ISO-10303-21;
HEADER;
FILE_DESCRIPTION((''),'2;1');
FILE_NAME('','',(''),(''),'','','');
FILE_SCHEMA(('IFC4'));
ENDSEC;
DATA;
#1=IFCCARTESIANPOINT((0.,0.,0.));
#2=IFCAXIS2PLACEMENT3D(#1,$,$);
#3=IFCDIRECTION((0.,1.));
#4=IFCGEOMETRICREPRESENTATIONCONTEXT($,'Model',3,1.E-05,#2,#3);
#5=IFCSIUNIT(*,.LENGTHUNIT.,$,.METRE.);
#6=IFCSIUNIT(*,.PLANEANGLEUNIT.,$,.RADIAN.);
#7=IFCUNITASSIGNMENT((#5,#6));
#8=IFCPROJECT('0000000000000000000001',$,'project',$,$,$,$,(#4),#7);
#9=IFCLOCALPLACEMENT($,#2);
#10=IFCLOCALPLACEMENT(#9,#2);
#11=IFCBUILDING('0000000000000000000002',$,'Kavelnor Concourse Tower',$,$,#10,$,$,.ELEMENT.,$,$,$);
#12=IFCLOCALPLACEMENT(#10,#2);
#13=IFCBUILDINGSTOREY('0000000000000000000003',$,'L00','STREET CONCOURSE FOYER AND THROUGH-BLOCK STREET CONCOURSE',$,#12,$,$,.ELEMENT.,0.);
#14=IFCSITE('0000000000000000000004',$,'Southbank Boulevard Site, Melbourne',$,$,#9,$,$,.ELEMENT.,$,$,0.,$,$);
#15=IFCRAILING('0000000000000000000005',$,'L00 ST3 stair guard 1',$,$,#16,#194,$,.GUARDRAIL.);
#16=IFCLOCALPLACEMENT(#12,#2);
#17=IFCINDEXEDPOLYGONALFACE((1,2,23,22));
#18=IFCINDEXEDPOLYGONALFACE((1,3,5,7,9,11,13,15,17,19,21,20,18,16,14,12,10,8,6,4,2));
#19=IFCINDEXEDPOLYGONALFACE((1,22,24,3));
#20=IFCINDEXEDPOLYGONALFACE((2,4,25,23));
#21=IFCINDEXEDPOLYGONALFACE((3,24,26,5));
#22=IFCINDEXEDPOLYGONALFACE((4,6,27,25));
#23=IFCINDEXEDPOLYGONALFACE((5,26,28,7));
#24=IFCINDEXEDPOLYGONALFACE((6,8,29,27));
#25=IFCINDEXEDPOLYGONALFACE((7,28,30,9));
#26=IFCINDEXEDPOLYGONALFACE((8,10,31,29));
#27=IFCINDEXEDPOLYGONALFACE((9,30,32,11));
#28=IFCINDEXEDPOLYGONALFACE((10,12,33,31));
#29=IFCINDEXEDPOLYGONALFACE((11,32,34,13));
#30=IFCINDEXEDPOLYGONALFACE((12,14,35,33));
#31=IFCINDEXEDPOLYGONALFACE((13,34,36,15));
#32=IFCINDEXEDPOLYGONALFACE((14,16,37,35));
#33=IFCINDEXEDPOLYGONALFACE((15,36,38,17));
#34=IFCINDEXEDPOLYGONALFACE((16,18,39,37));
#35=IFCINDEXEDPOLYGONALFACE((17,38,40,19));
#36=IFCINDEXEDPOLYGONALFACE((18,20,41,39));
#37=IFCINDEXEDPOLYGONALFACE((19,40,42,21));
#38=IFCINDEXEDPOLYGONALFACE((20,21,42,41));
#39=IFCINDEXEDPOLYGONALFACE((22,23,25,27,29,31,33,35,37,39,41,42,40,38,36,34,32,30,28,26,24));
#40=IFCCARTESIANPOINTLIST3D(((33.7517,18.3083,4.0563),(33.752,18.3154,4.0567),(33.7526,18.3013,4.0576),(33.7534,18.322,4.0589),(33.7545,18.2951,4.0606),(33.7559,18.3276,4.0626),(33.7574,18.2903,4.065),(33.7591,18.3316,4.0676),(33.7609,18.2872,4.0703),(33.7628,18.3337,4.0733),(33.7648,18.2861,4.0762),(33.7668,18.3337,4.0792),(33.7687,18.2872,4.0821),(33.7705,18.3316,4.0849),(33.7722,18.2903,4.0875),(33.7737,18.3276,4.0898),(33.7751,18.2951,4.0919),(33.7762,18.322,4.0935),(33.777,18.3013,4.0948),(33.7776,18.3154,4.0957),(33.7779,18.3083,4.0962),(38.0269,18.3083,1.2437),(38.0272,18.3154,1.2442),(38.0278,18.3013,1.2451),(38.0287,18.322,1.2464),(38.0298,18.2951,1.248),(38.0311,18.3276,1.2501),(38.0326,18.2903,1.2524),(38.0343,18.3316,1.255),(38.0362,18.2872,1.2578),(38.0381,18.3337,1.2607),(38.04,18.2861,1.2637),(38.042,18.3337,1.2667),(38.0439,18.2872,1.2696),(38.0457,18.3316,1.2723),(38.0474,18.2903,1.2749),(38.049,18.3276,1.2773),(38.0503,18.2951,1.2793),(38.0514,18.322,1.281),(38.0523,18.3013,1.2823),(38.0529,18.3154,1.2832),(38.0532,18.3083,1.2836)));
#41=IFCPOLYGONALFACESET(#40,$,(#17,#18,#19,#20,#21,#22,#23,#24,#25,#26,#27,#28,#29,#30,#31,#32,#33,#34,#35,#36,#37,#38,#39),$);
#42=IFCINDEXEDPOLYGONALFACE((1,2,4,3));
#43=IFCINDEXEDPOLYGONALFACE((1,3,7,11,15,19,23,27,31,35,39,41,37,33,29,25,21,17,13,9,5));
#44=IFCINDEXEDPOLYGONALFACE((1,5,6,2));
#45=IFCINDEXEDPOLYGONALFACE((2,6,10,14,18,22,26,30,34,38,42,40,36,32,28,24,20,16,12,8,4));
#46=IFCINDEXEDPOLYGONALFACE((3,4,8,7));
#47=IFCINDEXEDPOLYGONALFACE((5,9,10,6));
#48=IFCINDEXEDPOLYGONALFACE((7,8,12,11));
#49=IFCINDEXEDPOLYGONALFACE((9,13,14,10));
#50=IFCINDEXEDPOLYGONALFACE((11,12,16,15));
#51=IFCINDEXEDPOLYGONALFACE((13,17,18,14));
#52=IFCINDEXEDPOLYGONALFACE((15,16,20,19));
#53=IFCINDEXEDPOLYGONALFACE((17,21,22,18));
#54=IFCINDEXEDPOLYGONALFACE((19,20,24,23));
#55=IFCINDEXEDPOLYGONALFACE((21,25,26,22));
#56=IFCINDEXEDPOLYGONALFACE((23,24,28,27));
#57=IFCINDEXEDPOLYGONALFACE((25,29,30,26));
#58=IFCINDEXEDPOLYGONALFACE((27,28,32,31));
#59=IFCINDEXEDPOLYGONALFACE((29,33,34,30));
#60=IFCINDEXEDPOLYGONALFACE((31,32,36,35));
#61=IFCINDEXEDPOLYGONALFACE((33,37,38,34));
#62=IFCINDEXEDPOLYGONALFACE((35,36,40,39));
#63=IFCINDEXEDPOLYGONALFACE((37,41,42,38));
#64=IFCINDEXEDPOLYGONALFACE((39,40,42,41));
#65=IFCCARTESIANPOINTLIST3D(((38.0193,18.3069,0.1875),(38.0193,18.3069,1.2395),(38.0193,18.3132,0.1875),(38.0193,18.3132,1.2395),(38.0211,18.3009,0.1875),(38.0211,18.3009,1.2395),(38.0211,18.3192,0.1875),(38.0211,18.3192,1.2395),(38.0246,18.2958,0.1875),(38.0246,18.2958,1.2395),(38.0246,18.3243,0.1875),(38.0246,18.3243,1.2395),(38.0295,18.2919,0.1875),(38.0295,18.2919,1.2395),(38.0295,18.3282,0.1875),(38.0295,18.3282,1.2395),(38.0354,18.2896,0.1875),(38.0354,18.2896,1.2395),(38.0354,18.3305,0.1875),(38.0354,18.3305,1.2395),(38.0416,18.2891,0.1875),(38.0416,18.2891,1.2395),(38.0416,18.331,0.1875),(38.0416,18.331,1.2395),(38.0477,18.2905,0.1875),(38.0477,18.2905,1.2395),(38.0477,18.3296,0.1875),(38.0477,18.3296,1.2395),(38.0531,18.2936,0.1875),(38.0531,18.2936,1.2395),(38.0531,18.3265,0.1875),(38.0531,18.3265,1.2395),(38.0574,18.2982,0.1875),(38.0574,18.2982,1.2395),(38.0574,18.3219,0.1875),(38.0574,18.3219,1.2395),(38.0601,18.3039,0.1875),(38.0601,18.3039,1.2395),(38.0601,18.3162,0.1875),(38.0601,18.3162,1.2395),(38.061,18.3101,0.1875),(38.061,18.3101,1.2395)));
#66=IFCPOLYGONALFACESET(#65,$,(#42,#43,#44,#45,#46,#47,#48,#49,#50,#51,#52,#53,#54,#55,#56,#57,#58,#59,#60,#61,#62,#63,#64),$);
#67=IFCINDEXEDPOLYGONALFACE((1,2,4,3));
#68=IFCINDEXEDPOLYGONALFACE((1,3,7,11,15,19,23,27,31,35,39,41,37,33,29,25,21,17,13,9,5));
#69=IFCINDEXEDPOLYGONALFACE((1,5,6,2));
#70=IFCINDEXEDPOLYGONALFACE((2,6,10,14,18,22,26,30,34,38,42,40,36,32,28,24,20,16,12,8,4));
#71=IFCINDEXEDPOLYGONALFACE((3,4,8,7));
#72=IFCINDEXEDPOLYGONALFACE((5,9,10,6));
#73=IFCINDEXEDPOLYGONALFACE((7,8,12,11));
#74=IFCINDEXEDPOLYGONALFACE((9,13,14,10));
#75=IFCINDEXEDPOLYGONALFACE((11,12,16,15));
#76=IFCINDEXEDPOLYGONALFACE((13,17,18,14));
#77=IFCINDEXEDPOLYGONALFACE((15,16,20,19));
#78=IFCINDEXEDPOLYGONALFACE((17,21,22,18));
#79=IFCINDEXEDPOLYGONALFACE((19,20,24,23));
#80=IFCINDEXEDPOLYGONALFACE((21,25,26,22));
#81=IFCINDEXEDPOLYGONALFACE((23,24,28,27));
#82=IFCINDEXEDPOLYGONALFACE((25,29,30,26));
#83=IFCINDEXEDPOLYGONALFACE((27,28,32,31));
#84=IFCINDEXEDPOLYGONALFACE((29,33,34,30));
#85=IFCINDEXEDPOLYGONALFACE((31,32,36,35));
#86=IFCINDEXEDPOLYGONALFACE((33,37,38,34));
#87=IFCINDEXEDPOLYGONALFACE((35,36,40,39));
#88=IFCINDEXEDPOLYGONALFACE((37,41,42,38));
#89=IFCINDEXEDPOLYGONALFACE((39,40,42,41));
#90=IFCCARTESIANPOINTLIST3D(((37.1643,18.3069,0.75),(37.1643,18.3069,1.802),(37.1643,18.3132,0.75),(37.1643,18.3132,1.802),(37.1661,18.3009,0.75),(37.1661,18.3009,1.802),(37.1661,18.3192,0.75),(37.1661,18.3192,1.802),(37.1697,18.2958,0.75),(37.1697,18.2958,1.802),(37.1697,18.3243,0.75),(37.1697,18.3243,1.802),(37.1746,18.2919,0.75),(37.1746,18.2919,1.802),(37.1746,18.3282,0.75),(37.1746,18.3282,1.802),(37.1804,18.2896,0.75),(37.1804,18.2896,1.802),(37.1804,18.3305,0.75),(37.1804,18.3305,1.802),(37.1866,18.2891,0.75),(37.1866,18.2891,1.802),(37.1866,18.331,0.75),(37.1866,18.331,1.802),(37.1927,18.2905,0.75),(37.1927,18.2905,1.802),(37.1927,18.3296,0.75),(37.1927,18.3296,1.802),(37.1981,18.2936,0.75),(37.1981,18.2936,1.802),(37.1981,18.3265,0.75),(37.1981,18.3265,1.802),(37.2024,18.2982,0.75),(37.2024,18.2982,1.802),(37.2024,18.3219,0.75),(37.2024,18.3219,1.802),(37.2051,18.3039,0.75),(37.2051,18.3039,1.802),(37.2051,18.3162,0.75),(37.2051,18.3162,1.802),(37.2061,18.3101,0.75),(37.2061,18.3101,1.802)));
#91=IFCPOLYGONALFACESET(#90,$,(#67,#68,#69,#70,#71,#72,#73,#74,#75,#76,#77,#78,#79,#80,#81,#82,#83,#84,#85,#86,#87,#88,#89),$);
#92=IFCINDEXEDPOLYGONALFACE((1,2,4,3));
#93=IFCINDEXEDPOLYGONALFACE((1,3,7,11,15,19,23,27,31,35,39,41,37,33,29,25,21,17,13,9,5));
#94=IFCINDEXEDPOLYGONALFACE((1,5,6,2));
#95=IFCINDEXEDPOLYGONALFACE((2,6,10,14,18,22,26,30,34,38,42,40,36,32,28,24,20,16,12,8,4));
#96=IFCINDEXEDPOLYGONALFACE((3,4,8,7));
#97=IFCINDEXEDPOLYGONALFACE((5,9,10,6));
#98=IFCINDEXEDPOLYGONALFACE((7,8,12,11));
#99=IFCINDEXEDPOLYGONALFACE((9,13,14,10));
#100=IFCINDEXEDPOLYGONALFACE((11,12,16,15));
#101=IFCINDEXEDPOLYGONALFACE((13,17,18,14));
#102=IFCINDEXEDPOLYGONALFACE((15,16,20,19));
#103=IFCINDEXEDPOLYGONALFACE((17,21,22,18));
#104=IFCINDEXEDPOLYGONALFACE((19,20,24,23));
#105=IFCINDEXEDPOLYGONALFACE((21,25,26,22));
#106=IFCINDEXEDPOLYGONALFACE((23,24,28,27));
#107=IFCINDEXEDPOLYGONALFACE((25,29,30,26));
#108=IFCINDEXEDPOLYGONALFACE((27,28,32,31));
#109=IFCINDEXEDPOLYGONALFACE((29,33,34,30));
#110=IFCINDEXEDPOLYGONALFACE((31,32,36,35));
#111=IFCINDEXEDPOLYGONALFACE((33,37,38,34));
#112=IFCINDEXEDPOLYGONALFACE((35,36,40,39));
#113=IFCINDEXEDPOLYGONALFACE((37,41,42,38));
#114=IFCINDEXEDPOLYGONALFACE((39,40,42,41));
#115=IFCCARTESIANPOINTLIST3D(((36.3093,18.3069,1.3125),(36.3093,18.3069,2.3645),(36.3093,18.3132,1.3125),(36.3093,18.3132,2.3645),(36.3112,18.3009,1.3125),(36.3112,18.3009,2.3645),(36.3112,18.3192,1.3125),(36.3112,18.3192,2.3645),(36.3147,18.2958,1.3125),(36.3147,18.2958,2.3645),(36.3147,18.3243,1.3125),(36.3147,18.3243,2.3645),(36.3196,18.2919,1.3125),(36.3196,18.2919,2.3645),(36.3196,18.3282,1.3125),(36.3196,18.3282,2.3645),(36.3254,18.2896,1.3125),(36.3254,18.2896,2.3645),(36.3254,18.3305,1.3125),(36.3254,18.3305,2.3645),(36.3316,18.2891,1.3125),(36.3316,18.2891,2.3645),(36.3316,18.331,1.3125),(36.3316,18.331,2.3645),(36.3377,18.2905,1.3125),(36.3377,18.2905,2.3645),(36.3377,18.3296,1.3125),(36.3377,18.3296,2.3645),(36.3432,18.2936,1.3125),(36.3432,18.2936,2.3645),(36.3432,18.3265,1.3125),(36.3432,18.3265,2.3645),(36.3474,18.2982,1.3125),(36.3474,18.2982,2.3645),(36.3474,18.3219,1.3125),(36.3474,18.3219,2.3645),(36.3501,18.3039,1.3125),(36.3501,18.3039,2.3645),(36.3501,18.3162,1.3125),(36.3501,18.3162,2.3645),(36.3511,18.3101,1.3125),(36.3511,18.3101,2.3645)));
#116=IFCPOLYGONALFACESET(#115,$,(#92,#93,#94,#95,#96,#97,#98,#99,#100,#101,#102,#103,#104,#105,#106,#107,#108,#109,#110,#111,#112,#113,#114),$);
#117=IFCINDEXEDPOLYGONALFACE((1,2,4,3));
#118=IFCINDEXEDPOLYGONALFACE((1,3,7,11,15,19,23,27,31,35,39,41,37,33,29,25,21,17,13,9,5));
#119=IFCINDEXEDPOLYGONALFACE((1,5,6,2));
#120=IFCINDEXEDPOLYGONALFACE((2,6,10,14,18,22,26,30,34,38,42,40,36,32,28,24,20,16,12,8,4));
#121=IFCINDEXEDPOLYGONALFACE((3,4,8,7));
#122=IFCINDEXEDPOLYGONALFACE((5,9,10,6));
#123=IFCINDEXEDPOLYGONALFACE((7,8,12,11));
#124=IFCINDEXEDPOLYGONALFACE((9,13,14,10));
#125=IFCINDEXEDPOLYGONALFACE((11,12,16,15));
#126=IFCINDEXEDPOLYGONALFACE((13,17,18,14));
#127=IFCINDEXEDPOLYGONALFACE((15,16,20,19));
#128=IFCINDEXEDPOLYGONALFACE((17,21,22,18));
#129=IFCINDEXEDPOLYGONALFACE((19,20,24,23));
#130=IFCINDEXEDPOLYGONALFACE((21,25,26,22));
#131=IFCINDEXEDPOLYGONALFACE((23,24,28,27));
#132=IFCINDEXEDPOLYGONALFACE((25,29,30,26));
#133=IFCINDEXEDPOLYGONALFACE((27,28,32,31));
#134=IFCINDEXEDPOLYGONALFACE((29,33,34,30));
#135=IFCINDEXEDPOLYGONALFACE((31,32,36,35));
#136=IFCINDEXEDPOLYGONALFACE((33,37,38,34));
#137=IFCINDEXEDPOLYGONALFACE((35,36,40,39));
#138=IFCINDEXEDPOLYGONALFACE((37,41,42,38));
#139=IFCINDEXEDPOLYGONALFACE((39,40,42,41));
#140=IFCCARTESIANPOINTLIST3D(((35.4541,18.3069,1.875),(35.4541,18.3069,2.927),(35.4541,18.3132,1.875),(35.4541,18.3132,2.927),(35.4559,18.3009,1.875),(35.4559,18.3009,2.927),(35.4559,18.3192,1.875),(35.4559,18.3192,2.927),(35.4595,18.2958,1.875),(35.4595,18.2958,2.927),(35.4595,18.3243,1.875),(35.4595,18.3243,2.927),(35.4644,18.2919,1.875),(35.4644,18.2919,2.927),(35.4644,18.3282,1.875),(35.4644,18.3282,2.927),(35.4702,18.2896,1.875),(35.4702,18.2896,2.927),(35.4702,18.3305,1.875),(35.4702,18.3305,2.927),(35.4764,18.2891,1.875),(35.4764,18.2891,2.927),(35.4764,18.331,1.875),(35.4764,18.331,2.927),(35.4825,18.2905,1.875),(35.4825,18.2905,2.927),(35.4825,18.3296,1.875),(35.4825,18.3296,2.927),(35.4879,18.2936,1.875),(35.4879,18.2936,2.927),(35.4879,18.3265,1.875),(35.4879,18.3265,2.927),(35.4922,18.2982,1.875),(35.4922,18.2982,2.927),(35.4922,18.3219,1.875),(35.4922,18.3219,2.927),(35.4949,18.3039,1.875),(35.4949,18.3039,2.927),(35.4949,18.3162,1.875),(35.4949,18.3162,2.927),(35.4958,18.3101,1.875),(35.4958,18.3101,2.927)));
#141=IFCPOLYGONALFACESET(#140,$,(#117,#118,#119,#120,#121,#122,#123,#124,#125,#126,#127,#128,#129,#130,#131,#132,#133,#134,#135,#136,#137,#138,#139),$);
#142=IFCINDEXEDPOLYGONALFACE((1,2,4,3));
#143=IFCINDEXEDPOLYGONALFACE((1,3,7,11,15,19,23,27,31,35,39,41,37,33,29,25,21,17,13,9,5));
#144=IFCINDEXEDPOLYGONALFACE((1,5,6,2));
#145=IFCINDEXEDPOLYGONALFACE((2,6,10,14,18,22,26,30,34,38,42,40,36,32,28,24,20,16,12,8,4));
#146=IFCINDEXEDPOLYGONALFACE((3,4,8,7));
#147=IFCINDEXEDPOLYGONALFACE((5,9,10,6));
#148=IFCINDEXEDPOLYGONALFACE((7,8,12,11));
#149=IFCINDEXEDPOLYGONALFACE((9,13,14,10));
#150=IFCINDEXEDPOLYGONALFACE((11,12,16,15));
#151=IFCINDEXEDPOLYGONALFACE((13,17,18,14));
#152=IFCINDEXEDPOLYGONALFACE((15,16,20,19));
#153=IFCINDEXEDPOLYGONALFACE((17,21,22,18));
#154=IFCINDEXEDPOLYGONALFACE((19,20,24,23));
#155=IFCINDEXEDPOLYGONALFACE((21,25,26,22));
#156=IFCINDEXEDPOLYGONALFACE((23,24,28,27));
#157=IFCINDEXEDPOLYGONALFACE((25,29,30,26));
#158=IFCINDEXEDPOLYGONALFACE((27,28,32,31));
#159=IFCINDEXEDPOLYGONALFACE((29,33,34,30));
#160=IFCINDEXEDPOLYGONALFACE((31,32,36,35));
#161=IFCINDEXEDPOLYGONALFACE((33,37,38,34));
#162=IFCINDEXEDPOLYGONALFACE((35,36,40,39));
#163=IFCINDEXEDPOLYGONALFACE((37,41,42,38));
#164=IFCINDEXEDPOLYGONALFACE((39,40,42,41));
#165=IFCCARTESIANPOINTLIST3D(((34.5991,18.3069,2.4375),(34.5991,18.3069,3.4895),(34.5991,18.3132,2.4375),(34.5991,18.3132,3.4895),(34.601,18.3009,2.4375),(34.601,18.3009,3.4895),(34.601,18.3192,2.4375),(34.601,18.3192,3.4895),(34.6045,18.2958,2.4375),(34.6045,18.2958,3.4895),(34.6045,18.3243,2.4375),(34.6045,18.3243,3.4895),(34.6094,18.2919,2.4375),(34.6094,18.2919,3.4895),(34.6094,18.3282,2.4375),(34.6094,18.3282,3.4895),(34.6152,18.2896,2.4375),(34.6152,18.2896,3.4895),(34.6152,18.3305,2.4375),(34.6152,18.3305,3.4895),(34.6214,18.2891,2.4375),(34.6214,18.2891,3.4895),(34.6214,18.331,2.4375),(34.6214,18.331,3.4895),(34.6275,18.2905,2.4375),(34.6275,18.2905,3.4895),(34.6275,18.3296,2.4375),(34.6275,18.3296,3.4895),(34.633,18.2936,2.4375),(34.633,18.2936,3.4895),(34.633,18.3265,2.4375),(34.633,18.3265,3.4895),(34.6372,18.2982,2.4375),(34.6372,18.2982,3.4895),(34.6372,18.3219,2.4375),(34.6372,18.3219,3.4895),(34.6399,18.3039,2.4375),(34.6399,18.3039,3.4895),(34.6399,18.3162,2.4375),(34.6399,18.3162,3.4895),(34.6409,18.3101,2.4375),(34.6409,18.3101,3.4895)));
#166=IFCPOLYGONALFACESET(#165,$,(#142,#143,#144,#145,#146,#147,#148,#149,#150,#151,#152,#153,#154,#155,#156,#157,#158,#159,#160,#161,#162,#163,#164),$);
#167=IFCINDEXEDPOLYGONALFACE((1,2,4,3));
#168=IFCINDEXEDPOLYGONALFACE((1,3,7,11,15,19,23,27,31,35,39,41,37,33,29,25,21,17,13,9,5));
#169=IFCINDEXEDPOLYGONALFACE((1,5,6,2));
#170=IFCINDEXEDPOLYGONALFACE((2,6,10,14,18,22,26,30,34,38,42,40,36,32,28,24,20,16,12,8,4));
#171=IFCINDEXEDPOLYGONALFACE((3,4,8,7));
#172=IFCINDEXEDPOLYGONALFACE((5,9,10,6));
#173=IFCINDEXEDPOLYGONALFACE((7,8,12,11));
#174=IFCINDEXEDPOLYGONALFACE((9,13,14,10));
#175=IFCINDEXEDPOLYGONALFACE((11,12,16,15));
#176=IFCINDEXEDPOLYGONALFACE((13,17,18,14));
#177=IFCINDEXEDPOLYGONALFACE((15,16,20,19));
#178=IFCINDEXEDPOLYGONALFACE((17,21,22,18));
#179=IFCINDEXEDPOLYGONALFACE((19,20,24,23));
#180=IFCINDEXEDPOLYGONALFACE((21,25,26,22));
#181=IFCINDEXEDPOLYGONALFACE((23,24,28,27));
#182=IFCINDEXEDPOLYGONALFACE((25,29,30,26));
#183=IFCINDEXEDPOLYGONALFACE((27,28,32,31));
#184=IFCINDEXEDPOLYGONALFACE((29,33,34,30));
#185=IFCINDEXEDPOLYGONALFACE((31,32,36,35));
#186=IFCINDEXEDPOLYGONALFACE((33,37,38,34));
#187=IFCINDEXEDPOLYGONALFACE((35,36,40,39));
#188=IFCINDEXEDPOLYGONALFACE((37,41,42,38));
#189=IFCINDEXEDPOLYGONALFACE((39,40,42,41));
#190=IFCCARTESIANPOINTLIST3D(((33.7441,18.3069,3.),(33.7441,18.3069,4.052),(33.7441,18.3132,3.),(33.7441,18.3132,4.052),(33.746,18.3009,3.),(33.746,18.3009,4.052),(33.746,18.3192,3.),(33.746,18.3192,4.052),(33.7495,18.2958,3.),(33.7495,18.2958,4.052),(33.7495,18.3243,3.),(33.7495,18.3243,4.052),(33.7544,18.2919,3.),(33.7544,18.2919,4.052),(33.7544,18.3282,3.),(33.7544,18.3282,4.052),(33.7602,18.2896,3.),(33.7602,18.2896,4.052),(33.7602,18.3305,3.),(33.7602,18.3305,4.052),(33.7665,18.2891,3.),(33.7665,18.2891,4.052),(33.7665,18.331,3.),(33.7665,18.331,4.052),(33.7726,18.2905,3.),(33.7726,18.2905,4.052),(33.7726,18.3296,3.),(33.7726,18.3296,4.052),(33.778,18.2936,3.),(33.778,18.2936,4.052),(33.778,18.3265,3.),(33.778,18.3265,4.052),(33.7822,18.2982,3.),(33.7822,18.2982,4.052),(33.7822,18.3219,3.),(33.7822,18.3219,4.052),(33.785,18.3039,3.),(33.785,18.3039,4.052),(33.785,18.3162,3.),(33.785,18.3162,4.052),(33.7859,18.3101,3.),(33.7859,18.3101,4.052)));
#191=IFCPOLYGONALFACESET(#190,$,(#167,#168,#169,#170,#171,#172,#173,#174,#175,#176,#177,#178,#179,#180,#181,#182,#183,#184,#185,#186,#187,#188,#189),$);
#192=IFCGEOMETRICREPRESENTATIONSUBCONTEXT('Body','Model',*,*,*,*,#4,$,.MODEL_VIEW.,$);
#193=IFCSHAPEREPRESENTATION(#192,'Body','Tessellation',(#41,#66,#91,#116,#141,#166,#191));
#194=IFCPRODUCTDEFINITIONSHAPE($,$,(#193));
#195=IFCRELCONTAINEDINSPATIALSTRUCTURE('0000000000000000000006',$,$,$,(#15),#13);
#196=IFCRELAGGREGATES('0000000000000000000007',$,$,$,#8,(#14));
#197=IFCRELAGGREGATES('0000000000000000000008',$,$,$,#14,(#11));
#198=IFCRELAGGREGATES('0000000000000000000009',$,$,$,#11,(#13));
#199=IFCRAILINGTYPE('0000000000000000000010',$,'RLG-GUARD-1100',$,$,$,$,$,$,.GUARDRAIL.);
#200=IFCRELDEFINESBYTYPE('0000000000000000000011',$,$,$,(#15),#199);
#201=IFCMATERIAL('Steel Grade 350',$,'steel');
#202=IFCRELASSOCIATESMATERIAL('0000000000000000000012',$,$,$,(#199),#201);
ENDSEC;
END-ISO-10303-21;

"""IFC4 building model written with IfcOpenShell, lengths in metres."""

from ifc_helpers import new_model, si_unit, direction, frame, origin, origin_2d, place, context, subcontext, project, spatial, circle, extrude, material, type_object, element, save


model = new_model("IFC4")

# Units and contexts
model_context = context("Model", 3, precision=1e-05, world=origin(), true_north=direction((0.0, 1.0)))
body_context = subcontext(model_context, "Body", "Model", "MODEL_VIEW")
ifc_project = project(units=[si_unit("LENGTHUNIT", "METRE"), si_unit("PLANEANGLEUNIT", "RADIAN")], contexts=[model_context])

# Site, building, storey
site_placement = place(None, origin())
site = spatial("IfcSite", under=ifc_project, at=site_placement, Name="Southbank Boulevard Site, Melbourne", CompositionType="ELEMENT", RefElevation=0.0)
building_placement = place(site_placement, origin())
building = spatial("IfcBuilding", under=site, at=building_placement, Name="Kavelnor Concourse Tower", CompositionType="ELEMENT")
storey_placement = place(building_placement, origin())
storey = spatial("IfcBuildingStorey", under=building, at=storey_placement, Name="L00", Description="STREET CONCOURSE FOYER AND THROUGH-BLOCK STREET CONCOURSE", CompositionType="ELEMENT", Elevation=0.0)

# Shared definitions
ifc_material_1 = material(Name="Steel Grade 350", Category="steel")

# Railing
railing_type_1 = type_object("IfcRailingType", Name="RLG-GUARD-1100", PredefinedType="GUARDRAIL", material=ifc_material_1)
railing_1_placement = place(storey_placement, frame((38.04, 18.3101, 0.1875)))
element("IfcRailing", 1, at=railing_1_placement, inside=storey, type_object=railing_type_1, Name="L00 ST3 stair guard 1", PredefinedType="GUARDRAIL", context=body_context, shape_type="SweptSolid", body=[
    extrude(circle(Radius=0.0239, at=origin_2d()), frame((0.0, 0.0, 1.0762), z_axis=(-0.835426, 0.0, 0.549603), x_axis=(0.0, -1.0, 0.0)), (0.0, 0.0, 1.0), 5.1174),
    extrude(circle(Radius=0.021, at=origin_2d()), origin(), (0.0, 0.0, 1.0), 1.052),
    extrude(circle(Radius=0.021, at=origin_2d()), frame((-0.855, 0.0, 0.5625)), (0.0, 0.0, 1.0), 1.052),
    extrude(circle(Radius=0.021, at=origin_2d()), frame((-1.71, 0.0, 1.125)), (0.0, 0.0, 1.0), 1.052),
    extrude(circle(Radius=0.021, at=origin_2d()), frame((-2.5652, 0.0, 1.6875)), (0.0, 0.0, 1.0), 1.052),
    extrude(circle(Radius=0.021, at=origin_2d()), frame((-3.4202, 0.0, 2.25)), (0.0, 0.0, 1.0), 1.052),
    extrude(circle(Radius=0.021, at=origin_2d()), frame((-4.2751, 0.0, 2.8125)), (0.0, 0.0, 1.0), 1.052),
])

save(model, "model.ifc")
